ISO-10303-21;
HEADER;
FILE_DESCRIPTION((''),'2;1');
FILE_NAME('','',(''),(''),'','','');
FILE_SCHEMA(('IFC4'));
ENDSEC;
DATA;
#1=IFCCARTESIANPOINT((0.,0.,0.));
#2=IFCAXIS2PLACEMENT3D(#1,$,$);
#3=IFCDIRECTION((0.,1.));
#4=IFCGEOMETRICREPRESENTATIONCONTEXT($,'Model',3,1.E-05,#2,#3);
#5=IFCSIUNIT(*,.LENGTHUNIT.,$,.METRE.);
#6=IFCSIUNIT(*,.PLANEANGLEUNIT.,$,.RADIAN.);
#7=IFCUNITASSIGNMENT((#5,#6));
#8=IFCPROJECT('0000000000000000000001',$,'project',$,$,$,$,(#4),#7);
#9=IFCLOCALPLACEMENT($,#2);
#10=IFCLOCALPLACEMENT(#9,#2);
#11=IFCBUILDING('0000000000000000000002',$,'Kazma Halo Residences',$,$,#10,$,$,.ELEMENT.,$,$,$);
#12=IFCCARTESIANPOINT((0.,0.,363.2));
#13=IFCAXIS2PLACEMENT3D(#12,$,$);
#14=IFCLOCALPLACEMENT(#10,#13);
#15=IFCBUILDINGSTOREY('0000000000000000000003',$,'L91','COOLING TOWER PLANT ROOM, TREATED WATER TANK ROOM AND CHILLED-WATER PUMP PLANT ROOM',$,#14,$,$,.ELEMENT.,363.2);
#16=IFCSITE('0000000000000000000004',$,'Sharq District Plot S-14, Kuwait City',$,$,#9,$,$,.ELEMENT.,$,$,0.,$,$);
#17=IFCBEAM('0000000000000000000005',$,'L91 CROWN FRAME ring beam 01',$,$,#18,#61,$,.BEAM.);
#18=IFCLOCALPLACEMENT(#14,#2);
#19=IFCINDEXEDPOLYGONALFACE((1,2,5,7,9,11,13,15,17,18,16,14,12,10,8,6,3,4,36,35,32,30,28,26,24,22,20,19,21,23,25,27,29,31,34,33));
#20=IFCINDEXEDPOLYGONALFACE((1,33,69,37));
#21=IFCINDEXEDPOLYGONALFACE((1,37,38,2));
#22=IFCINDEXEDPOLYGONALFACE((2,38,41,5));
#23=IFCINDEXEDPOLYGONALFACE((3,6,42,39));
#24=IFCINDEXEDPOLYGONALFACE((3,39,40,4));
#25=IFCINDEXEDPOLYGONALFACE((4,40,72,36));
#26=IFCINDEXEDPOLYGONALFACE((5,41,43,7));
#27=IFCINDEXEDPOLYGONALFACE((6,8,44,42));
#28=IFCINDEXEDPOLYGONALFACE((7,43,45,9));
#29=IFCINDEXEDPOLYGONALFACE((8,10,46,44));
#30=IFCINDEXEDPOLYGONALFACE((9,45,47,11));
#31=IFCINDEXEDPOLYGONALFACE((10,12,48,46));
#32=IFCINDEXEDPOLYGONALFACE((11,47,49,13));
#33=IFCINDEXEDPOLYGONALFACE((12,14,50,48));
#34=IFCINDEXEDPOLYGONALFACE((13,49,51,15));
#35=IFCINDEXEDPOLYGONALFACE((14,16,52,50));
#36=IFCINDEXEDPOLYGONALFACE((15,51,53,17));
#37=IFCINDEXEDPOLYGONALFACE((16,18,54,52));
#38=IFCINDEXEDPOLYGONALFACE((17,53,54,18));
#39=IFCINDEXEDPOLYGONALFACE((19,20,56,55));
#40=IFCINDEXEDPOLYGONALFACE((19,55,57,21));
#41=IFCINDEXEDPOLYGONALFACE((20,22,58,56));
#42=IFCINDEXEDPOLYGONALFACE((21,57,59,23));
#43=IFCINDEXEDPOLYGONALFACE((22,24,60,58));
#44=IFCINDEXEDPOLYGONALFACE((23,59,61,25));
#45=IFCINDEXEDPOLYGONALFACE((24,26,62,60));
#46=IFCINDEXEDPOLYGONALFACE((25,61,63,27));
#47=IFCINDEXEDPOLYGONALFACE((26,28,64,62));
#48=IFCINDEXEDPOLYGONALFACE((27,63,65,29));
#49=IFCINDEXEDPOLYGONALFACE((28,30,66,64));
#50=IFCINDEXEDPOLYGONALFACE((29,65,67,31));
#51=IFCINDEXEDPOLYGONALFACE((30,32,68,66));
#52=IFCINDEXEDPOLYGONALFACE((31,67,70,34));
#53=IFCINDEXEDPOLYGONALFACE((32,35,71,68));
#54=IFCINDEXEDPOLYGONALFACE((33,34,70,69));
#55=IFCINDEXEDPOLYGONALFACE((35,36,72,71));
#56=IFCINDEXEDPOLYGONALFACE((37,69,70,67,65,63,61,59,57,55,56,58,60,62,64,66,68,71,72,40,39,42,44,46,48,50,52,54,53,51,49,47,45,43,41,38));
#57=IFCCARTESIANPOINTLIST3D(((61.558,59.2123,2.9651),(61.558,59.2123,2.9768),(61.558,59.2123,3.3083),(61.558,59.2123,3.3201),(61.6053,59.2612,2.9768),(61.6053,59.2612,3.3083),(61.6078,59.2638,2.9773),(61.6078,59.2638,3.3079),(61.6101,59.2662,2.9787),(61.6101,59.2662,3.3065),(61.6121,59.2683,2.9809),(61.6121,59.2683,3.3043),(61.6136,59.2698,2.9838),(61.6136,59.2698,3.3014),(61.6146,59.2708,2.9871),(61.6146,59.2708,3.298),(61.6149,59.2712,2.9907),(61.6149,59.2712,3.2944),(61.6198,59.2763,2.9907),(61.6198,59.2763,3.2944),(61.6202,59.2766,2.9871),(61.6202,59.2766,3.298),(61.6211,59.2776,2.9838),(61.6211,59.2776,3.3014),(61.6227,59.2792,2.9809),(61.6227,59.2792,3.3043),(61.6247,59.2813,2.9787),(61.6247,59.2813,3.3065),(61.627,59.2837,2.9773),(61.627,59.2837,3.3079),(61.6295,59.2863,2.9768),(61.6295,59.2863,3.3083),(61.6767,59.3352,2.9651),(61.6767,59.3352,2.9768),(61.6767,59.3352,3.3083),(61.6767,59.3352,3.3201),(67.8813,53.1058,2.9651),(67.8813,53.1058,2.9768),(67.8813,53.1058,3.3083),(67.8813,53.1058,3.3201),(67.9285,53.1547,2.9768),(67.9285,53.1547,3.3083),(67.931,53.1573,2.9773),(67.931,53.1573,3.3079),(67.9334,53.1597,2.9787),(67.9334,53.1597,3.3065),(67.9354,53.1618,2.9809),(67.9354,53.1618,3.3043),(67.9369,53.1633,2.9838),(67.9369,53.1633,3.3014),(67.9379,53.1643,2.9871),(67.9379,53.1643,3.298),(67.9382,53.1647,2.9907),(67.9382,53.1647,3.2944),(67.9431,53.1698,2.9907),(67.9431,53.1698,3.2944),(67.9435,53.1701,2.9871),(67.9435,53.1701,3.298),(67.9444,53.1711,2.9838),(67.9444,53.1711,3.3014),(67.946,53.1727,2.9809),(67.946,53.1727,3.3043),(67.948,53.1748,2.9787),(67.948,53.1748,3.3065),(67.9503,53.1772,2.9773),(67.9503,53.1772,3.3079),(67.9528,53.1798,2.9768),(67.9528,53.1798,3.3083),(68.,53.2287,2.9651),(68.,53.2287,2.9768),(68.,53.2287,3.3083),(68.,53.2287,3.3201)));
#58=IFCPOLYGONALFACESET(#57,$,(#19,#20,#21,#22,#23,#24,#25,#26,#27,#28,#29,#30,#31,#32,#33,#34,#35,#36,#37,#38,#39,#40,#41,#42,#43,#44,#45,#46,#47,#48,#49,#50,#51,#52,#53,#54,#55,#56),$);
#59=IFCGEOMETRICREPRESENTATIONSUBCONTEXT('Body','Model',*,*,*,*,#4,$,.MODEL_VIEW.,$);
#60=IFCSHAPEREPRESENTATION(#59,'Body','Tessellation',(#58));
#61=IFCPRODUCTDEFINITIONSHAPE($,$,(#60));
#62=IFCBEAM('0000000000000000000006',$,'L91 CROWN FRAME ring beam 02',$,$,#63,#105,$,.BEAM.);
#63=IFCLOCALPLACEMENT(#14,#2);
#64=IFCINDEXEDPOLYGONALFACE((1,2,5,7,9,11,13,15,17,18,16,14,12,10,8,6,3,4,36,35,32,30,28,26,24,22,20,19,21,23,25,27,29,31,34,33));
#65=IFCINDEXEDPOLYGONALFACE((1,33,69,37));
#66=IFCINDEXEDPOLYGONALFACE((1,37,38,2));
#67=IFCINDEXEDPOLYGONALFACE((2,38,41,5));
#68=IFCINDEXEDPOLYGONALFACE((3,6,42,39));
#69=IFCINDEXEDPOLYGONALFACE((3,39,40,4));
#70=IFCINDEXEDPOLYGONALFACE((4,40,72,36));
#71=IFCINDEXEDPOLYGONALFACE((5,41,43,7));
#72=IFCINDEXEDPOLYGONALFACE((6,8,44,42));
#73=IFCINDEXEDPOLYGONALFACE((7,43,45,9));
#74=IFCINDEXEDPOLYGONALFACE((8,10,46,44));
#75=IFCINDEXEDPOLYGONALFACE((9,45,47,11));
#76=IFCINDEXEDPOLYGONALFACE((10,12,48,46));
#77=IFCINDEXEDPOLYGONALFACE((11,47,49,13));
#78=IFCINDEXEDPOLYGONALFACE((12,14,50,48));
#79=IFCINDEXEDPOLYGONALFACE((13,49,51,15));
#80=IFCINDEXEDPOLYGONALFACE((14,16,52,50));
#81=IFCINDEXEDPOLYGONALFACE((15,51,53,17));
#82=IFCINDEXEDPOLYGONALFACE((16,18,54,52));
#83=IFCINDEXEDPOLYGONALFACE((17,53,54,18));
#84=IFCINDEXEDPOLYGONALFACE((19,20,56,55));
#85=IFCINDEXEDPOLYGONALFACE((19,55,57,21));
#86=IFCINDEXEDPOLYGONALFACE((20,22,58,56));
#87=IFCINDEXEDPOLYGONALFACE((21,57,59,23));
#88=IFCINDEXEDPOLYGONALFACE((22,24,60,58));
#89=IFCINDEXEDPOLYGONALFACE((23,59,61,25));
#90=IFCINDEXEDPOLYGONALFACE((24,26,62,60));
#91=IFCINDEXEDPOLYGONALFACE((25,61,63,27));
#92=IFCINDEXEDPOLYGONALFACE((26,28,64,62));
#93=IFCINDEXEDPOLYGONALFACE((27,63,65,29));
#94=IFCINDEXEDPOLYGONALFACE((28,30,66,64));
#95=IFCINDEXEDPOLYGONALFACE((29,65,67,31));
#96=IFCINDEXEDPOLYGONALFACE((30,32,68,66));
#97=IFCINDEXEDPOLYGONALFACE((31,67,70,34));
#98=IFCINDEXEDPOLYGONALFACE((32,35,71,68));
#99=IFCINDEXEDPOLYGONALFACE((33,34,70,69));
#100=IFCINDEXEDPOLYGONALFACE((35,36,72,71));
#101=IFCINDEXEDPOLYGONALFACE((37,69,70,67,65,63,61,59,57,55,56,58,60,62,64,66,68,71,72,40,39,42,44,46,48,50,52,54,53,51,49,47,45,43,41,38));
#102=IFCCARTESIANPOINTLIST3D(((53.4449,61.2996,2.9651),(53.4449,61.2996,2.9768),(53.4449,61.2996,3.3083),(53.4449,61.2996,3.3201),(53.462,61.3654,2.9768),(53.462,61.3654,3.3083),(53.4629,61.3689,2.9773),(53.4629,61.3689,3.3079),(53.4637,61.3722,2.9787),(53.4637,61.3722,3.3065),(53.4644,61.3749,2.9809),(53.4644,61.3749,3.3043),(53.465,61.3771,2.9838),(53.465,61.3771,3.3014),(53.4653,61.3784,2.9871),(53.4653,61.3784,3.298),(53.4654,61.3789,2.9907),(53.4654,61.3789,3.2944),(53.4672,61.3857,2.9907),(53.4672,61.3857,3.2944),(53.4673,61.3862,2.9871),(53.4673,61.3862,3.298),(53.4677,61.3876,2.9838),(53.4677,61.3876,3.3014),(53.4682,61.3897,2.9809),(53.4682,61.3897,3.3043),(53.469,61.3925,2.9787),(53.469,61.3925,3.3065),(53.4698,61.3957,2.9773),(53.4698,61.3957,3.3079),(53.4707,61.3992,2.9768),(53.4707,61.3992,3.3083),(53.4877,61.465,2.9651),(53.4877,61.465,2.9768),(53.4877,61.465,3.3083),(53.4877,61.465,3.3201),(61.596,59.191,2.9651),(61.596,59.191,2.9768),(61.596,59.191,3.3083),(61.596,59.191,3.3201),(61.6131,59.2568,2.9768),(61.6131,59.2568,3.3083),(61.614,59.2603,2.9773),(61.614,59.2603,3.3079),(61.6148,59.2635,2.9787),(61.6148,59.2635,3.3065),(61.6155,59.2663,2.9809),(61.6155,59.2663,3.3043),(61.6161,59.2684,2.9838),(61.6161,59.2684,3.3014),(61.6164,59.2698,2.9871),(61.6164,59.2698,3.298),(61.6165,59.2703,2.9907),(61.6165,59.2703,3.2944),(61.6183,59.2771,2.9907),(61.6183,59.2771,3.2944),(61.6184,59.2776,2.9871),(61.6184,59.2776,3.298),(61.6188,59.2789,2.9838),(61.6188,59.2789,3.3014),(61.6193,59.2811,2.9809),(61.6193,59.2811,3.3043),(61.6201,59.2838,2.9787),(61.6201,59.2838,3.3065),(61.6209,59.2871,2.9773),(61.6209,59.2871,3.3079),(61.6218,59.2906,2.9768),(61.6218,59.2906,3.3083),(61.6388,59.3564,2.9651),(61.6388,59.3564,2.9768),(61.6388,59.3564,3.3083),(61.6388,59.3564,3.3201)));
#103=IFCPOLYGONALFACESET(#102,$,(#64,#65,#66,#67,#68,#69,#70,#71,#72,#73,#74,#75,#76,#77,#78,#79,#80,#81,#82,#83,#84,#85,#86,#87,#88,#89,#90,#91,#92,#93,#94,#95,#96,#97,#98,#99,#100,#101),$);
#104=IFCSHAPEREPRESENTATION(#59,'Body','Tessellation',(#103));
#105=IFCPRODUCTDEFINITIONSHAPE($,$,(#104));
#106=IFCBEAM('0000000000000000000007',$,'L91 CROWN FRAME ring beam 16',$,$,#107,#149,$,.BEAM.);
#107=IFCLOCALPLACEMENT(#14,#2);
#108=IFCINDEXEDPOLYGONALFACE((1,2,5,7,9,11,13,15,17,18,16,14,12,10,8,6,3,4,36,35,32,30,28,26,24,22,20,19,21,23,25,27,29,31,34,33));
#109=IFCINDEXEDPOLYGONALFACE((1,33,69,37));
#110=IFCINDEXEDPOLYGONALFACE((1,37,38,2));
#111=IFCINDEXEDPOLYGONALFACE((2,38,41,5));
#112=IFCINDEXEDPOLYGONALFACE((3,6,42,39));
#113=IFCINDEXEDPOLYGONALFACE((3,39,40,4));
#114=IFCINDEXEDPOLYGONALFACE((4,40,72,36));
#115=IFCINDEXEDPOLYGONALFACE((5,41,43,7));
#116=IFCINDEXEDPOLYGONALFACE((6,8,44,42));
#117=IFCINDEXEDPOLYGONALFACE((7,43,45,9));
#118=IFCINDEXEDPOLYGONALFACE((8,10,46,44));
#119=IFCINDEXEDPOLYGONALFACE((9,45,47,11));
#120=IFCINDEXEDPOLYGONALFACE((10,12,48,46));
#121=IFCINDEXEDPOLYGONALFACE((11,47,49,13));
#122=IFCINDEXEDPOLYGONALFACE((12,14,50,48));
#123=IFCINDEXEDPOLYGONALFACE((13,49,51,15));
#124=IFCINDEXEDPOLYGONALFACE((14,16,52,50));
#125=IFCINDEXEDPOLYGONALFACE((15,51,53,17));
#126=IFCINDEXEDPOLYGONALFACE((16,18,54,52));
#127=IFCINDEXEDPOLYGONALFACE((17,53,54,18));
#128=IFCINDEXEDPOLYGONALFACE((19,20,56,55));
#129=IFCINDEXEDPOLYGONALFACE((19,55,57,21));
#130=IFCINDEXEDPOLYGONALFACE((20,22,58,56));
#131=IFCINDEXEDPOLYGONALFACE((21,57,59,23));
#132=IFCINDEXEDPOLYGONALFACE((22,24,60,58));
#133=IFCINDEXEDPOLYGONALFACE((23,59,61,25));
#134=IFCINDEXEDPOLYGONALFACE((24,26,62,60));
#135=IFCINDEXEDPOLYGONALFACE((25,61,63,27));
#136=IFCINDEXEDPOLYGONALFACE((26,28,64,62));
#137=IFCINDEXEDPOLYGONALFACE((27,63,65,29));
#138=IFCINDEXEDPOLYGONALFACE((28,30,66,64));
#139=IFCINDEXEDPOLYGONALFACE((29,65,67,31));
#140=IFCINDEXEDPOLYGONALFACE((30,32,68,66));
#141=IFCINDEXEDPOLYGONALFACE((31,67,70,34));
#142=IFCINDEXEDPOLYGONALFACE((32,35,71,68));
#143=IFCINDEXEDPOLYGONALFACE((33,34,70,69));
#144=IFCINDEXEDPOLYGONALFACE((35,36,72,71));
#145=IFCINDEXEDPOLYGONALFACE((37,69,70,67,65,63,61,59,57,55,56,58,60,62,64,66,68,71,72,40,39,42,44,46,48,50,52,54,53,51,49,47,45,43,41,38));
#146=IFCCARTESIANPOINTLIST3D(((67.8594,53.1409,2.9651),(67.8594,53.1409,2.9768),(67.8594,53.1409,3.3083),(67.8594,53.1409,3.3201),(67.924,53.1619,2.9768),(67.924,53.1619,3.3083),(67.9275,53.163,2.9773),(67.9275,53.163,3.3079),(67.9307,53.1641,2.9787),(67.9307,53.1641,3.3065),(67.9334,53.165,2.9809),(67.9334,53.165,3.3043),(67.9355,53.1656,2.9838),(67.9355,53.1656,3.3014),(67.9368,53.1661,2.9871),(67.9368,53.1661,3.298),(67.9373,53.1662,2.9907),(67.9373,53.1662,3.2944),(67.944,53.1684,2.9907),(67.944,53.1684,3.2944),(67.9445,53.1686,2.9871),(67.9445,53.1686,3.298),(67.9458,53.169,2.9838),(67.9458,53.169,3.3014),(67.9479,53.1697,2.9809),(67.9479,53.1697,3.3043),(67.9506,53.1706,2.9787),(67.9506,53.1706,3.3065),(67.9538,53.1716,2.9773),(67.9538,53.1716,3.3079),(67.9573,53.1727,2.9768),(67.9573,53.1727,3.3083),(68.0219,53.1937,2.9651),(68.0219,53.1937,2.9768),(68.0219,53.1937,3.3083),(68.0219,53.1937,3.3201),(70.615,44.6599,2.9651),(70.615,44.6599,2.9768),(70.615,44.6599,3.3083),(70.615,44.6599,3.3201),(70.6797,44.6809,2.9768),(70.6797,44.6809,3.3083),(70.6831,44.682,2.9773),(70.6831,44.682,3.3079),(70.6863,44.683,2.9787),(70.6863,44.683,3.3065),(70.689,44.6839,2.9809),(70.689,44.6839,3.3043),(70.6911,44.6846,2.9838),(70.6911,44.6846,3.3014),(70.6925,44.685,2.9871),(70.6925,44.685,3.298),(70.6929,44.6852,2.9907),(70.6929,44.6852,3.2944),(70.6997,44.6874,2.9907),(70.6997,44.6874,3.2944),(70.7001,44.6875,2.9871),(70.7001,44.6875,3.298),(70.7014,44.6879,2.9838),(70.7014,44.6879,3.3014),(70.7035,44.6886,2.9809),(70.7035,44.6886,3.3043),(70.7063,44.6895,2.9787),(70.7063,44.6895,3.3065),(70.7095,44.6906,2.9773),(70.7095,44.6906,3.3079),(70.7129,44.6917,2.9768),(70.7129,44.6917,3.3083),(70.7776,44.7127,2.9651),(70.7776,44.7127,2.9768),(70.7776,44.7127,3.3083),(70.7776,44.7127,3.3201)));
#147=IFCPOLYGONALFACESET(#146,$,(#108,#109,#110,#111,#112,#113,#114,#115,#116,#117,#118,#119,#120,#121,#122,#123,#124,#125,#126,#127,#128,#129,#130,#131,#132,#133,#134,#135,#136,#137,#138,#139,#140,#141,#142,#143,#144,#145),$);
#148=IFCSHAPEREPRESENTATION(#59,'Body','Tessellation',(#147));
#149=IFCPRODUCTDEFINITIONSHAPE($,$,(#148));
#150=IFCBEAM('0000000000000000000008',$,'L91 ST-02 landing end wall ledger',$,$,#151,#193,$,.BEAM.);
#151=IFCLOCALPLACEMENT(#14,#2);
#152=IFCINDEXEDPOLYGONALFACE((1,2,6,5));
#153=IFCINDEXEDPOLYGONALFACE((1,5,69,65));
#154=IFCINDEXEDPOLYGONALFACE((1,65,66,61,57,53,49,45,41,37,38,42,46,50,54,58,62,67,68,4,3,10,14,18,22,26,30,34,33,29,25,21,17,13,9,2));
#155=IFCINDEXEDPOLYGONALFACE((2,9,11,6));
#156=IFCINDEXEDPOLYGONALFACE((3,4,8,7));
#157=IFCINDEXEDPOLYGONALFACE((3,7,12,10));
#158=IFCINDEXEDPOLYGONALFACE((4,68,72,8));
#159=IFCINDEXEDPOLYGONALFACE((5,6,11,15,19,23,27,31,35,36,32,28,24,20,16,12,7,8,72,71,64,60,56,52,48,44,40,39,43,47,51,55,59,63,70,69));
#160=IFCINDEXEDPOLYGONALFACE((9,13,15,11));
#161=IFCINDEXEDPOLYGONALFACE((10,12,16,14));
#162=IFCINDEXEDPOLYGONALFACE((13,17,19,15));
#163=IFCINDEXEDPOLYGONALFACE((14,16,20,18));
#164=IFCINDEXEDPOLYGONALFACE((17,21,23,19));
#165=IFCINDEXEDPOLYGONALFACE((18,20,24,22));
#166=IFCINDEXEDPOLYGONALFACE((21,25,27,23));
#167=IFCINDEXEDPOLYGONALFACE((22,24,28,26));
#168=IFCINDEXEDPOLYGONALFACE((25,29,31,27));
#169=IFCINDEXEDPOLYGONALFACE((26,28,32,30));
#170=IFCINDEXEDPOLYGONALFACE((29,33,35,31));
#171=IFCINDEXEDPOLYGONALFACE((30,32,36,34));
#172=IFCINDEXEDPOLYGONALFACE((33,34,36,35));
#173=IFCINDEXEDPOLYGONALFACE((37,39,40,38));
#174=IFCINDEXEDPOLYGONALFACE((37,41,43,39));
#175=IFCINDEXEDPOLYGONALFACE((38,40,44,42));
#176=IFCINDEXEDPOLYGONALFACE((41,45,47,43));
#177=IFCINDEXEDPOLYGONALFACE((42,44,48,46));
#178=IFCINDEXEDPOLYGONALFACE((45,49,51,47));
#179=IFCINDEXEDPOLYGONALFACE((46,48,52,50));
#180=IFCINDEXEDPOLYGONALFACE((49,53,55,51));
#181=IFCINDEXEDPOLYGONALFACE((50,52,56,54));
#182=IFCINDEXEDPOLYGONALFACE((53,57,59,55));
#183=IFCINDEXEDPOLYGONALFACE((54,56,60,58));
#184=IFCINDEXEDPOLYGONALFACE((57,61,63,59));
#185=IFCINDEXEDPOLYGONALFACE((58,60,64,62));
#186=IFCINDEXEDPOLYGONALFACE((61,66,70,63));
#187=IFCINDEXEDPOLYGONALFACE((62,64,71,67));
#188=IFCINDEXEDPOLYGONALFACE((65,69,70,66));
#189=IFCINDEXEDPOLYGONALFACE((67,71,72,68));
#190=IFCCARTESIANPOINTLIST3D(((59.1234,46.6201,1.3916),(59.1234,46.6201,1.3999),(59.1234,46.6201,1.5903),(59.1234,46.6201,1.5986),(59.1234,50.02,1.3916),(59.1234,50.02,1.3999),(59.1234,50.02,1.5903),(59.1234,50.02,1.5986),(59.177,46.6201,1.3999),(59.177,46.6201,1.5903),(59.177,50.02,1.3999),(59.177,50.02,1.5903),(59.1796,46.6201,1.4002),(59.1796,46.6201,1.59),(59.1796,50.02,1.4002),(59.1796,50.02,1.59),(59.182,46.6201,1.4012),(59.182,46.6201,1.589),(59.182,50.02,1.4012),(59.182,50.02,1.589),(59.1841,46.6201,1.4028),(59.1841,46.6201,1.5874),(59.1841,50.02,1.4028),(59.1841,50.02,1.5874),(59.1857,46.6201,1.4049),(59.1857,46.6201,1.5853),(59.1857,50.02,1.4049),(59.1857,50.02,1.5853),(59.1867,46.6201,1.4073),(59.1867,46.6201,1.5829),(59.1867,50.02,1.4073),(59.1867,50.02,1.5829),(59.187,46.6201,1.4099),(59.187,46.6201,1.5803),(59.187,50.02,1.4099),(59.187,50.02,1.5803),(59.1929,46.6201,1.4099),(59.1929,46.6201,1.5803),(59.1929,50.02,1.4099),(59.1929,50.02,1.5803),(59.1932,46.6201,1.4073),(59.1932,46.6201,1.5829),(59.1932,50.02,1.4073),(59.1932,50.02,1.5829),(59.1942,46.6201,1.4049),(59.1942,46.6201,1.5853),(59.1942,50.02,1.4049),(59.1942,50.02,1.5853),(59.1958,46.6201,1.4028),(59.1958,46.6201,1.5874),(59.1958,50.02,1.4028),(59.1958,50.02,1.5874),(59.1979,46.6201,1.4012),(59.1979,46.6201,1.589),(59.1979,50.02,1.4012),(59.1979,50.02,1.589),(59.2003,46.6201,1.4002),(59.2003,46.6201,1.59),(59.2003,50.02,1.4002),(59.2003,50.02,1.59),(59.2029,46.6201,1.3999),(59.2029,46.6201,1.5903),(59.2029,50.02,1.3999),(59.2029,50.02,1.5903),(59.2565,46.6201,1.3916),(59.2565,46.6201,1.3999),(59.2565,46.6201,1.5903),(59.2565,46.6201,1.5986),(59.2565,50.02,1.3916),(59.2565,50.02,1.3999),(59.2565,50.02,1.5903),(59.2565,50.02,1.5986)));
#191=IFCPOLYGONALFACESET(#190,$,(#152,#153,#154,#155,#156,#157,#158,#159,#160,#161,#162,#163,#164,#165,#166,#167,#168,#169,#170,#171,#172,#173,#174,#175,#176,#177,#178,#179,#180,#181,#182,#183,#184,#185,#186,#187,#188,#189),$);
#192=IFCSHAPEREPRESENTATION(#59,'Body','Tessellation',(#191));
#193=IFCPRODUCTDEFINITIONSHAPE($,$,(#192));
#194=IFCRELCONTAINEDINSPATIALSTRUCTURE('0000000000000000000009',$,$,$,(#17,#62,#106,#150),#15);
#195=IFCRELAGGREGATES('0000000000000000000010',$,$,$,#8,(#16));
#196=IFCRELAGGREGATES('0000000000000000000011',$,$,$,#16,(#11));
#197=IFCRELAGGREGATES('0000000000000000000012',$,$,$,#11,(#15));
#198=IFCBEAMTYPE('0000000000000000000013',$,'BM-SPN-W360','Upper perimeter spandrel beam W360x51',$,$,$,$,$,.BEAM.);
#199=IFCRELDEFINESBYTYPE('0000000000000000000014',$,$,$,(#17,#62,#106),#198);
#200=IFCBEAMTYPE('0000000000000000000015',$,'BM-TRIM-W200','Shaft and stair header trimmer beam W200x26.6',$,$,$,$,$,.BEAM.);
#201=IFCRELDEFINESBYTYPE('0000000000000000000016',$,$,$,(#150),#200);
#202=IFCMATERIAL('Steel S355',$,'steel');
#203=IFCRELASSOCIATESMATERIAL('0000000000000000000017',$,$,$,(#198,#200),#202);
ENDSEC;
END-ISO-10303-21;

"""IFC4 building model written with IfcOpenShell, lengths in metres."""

from ifc_helpers import new_model, si_unit, direction, frame, origin, origin_2d, place, context, subcontext, project, spatial, i_section, extrude, material, material_profile, profile_set, type_object, element, save


model = new_model("IFC4")

# Units and contexts
model_context = context("Model", 3, precision=1e-05, world=origin(), true_north=direction((0.0, 1.0)))
body_context = subcontext(model_context, "Body", "Model", "MODEL_VIEW")
ifc_project = project(units=[si_unit("LENGTHUNIT", "METRE"), si_unit("PLANEANGLEUNIT", "RADIAN")], contexts=[model_context])

# Site, building, storey
site_placement = place(None, origin())
site = spatial("IfcSite", under=ifc_project, at=site_placement, Name="Sharq District Plot S-14, Kuwait City", CompositionType="ELEMENT", RefElevation=0.0)
building_placement = place(site_placement, origin())
building = spatial("IfcBuilding", under=site, at=building_placement, Name="Kazma Halo Residences", CompositionType="ELEMENT")
storey_placement = place(building_placement, frame((0.0, 0.0, 363.2)))
storey = spatial("IfcBuildingStorey", under=building, at=storey_placement, Name="L91", Description="COOLING TOWER PLANT ROOM, TREATED WATER TANK ROOM AND CHILLED-WATER PUMP PLANT ROOM", CompositionType="ELEMENT", Elevation=363.2)

# Shared definitions
ifc_material_1 = material(Name="Steel S355", Category="steel")

# Beams
ifc_material_profile_1 = material_profile(ifc_material_1, i_section(OverallWidth=0.1709, OverallDepth=0.355, WebThickness=0.0071, FlangeThickness=0.0117, FilletRadius=0.0139, at=origin_2d()), Name="W360x51")
ifc_profile_set_1 = profile_set([ifc_material_profile_1], Name="Steel S355")
beam_type_1 = type_object("IfcBeamType", Name="BM-SPN-W360", Description="Upper perimeter spandrel beam W360x51", PredefinedType="BEAM", material=ifc_profile_set_1)
beam_1_placement = place(storey_placement, frame((67.9407, 53.1672, 3.1426), z_axis=(-0.719331, 0.694668, 0.0), x_axis=(-0.694668, -0.719331, 0.0)))
element("IfcBeam", 1, at=beam_1_placement, inside=storey, type_object=beam_type_1, Name="L91 CROWN FRAME ring beam 01", PredefinedType="BEAM", context=body_context, shape_type="SweptSolid", body=[
    extrude(i_section(OverallWidth=0.1709, OverallDepth=0.355, WebThickness=0.0071, FlangeThickness=0.0117, FilletRadius=0.0139, at=origin_2d()), origin(), (0.0, 0.0, 1.0), 8.7905),
])
beam_2_placement = place(storey_placement, frame((61.6174, 59.2737, 3.1426), z_axis=(-0.96813, 0.250449, 0.0), x_axis=(-0.250449, -0.96813, 0.0)))
element("IfcBeam", 2, at=beam_2_placement, inside=storey, type_object=beam_type_1, Name="L91 CROWN FRAME ring beam 02", PredefinedType="BEAM", context=body_context, shape_type="SweptSolid", body=[
    extrude(i_section(OverallWidth=0.1709, OverallDepth=0.355, WebThickness=0.0071, FlangeThickness=0.0117, FilletRadius=0.0139, at=origin_2d()), origin(), (0.0, 0.0, 1.0), 8.4194),
])
beam_3_placement = place(storey_placement, frame((70.6963, 44.6863, 3.1426), z_axis=(-0.309015, 0.951057, 0.0), x_axis=(-0.951057, -0.309015, 0.0)))
element("IfcBeam", 3, at=beam_3_placement, inside=storey, type_object=beam_type_1, Name="L91 CROWN FRAME ring beam 16", PredefinedType="BEAM", context=body_context, shape_type="SweptSolid", body=[
    extrude(i_section(OverallWidth=0.1709, OverallDepth=0.355, WebThickness=0.0071, FlangeThickness=0.0117, FilletRadius=0.0139, at=origin_2d()), origin(), (0.0, 0.0, 1.0), 8.9175),
])
ifc_material_profile_2 = material_profile(ifc_material_1, i_section(OverallWidth=0.1331, OverallDepth=0.207, WebThickness=0.0059, FlangeThickness=0.0083, FilletRadius=0.01, at=origin_2d()), Name="W200x26.6")
ifc_profile_set_2 = profile_set([ifc_material_profile_2], Name="Steel S355")
beam_type_2 = type_object("IfcBeamType", Name="BM-TRIM-W200", Description="Shaft and stair header trimmer beam W200x26.6", PredefinedType="BEAM", material=ifc_profile_set_2)
beam_4_placement = place(storey_placement, frame((59.1899, 46.6201, 1.4951), z_axis=(0.0, 1.0, 0.0), x_axis=(-1.0, 0.0, 0.0)))
element("IfcBeam", 4, at=beam_4_placement, inside=storey, type_object=beam_type_2, Name="L91 ST-02 landing end wall ledger", PredefinedType="BEAM", context=body_context, shape_type="SweptSolid", body=[
    extrude(i_section(OverallWidth=0.1331, OverallDepth=0.207, WebThickness=0.0059, FlangeThickness=0.0083, FilletRadius=0.01, at=origin_2d()), origin(), (0.0, 0.0, 1.0), 3.3999),
])

save(model, "model.ifc")
